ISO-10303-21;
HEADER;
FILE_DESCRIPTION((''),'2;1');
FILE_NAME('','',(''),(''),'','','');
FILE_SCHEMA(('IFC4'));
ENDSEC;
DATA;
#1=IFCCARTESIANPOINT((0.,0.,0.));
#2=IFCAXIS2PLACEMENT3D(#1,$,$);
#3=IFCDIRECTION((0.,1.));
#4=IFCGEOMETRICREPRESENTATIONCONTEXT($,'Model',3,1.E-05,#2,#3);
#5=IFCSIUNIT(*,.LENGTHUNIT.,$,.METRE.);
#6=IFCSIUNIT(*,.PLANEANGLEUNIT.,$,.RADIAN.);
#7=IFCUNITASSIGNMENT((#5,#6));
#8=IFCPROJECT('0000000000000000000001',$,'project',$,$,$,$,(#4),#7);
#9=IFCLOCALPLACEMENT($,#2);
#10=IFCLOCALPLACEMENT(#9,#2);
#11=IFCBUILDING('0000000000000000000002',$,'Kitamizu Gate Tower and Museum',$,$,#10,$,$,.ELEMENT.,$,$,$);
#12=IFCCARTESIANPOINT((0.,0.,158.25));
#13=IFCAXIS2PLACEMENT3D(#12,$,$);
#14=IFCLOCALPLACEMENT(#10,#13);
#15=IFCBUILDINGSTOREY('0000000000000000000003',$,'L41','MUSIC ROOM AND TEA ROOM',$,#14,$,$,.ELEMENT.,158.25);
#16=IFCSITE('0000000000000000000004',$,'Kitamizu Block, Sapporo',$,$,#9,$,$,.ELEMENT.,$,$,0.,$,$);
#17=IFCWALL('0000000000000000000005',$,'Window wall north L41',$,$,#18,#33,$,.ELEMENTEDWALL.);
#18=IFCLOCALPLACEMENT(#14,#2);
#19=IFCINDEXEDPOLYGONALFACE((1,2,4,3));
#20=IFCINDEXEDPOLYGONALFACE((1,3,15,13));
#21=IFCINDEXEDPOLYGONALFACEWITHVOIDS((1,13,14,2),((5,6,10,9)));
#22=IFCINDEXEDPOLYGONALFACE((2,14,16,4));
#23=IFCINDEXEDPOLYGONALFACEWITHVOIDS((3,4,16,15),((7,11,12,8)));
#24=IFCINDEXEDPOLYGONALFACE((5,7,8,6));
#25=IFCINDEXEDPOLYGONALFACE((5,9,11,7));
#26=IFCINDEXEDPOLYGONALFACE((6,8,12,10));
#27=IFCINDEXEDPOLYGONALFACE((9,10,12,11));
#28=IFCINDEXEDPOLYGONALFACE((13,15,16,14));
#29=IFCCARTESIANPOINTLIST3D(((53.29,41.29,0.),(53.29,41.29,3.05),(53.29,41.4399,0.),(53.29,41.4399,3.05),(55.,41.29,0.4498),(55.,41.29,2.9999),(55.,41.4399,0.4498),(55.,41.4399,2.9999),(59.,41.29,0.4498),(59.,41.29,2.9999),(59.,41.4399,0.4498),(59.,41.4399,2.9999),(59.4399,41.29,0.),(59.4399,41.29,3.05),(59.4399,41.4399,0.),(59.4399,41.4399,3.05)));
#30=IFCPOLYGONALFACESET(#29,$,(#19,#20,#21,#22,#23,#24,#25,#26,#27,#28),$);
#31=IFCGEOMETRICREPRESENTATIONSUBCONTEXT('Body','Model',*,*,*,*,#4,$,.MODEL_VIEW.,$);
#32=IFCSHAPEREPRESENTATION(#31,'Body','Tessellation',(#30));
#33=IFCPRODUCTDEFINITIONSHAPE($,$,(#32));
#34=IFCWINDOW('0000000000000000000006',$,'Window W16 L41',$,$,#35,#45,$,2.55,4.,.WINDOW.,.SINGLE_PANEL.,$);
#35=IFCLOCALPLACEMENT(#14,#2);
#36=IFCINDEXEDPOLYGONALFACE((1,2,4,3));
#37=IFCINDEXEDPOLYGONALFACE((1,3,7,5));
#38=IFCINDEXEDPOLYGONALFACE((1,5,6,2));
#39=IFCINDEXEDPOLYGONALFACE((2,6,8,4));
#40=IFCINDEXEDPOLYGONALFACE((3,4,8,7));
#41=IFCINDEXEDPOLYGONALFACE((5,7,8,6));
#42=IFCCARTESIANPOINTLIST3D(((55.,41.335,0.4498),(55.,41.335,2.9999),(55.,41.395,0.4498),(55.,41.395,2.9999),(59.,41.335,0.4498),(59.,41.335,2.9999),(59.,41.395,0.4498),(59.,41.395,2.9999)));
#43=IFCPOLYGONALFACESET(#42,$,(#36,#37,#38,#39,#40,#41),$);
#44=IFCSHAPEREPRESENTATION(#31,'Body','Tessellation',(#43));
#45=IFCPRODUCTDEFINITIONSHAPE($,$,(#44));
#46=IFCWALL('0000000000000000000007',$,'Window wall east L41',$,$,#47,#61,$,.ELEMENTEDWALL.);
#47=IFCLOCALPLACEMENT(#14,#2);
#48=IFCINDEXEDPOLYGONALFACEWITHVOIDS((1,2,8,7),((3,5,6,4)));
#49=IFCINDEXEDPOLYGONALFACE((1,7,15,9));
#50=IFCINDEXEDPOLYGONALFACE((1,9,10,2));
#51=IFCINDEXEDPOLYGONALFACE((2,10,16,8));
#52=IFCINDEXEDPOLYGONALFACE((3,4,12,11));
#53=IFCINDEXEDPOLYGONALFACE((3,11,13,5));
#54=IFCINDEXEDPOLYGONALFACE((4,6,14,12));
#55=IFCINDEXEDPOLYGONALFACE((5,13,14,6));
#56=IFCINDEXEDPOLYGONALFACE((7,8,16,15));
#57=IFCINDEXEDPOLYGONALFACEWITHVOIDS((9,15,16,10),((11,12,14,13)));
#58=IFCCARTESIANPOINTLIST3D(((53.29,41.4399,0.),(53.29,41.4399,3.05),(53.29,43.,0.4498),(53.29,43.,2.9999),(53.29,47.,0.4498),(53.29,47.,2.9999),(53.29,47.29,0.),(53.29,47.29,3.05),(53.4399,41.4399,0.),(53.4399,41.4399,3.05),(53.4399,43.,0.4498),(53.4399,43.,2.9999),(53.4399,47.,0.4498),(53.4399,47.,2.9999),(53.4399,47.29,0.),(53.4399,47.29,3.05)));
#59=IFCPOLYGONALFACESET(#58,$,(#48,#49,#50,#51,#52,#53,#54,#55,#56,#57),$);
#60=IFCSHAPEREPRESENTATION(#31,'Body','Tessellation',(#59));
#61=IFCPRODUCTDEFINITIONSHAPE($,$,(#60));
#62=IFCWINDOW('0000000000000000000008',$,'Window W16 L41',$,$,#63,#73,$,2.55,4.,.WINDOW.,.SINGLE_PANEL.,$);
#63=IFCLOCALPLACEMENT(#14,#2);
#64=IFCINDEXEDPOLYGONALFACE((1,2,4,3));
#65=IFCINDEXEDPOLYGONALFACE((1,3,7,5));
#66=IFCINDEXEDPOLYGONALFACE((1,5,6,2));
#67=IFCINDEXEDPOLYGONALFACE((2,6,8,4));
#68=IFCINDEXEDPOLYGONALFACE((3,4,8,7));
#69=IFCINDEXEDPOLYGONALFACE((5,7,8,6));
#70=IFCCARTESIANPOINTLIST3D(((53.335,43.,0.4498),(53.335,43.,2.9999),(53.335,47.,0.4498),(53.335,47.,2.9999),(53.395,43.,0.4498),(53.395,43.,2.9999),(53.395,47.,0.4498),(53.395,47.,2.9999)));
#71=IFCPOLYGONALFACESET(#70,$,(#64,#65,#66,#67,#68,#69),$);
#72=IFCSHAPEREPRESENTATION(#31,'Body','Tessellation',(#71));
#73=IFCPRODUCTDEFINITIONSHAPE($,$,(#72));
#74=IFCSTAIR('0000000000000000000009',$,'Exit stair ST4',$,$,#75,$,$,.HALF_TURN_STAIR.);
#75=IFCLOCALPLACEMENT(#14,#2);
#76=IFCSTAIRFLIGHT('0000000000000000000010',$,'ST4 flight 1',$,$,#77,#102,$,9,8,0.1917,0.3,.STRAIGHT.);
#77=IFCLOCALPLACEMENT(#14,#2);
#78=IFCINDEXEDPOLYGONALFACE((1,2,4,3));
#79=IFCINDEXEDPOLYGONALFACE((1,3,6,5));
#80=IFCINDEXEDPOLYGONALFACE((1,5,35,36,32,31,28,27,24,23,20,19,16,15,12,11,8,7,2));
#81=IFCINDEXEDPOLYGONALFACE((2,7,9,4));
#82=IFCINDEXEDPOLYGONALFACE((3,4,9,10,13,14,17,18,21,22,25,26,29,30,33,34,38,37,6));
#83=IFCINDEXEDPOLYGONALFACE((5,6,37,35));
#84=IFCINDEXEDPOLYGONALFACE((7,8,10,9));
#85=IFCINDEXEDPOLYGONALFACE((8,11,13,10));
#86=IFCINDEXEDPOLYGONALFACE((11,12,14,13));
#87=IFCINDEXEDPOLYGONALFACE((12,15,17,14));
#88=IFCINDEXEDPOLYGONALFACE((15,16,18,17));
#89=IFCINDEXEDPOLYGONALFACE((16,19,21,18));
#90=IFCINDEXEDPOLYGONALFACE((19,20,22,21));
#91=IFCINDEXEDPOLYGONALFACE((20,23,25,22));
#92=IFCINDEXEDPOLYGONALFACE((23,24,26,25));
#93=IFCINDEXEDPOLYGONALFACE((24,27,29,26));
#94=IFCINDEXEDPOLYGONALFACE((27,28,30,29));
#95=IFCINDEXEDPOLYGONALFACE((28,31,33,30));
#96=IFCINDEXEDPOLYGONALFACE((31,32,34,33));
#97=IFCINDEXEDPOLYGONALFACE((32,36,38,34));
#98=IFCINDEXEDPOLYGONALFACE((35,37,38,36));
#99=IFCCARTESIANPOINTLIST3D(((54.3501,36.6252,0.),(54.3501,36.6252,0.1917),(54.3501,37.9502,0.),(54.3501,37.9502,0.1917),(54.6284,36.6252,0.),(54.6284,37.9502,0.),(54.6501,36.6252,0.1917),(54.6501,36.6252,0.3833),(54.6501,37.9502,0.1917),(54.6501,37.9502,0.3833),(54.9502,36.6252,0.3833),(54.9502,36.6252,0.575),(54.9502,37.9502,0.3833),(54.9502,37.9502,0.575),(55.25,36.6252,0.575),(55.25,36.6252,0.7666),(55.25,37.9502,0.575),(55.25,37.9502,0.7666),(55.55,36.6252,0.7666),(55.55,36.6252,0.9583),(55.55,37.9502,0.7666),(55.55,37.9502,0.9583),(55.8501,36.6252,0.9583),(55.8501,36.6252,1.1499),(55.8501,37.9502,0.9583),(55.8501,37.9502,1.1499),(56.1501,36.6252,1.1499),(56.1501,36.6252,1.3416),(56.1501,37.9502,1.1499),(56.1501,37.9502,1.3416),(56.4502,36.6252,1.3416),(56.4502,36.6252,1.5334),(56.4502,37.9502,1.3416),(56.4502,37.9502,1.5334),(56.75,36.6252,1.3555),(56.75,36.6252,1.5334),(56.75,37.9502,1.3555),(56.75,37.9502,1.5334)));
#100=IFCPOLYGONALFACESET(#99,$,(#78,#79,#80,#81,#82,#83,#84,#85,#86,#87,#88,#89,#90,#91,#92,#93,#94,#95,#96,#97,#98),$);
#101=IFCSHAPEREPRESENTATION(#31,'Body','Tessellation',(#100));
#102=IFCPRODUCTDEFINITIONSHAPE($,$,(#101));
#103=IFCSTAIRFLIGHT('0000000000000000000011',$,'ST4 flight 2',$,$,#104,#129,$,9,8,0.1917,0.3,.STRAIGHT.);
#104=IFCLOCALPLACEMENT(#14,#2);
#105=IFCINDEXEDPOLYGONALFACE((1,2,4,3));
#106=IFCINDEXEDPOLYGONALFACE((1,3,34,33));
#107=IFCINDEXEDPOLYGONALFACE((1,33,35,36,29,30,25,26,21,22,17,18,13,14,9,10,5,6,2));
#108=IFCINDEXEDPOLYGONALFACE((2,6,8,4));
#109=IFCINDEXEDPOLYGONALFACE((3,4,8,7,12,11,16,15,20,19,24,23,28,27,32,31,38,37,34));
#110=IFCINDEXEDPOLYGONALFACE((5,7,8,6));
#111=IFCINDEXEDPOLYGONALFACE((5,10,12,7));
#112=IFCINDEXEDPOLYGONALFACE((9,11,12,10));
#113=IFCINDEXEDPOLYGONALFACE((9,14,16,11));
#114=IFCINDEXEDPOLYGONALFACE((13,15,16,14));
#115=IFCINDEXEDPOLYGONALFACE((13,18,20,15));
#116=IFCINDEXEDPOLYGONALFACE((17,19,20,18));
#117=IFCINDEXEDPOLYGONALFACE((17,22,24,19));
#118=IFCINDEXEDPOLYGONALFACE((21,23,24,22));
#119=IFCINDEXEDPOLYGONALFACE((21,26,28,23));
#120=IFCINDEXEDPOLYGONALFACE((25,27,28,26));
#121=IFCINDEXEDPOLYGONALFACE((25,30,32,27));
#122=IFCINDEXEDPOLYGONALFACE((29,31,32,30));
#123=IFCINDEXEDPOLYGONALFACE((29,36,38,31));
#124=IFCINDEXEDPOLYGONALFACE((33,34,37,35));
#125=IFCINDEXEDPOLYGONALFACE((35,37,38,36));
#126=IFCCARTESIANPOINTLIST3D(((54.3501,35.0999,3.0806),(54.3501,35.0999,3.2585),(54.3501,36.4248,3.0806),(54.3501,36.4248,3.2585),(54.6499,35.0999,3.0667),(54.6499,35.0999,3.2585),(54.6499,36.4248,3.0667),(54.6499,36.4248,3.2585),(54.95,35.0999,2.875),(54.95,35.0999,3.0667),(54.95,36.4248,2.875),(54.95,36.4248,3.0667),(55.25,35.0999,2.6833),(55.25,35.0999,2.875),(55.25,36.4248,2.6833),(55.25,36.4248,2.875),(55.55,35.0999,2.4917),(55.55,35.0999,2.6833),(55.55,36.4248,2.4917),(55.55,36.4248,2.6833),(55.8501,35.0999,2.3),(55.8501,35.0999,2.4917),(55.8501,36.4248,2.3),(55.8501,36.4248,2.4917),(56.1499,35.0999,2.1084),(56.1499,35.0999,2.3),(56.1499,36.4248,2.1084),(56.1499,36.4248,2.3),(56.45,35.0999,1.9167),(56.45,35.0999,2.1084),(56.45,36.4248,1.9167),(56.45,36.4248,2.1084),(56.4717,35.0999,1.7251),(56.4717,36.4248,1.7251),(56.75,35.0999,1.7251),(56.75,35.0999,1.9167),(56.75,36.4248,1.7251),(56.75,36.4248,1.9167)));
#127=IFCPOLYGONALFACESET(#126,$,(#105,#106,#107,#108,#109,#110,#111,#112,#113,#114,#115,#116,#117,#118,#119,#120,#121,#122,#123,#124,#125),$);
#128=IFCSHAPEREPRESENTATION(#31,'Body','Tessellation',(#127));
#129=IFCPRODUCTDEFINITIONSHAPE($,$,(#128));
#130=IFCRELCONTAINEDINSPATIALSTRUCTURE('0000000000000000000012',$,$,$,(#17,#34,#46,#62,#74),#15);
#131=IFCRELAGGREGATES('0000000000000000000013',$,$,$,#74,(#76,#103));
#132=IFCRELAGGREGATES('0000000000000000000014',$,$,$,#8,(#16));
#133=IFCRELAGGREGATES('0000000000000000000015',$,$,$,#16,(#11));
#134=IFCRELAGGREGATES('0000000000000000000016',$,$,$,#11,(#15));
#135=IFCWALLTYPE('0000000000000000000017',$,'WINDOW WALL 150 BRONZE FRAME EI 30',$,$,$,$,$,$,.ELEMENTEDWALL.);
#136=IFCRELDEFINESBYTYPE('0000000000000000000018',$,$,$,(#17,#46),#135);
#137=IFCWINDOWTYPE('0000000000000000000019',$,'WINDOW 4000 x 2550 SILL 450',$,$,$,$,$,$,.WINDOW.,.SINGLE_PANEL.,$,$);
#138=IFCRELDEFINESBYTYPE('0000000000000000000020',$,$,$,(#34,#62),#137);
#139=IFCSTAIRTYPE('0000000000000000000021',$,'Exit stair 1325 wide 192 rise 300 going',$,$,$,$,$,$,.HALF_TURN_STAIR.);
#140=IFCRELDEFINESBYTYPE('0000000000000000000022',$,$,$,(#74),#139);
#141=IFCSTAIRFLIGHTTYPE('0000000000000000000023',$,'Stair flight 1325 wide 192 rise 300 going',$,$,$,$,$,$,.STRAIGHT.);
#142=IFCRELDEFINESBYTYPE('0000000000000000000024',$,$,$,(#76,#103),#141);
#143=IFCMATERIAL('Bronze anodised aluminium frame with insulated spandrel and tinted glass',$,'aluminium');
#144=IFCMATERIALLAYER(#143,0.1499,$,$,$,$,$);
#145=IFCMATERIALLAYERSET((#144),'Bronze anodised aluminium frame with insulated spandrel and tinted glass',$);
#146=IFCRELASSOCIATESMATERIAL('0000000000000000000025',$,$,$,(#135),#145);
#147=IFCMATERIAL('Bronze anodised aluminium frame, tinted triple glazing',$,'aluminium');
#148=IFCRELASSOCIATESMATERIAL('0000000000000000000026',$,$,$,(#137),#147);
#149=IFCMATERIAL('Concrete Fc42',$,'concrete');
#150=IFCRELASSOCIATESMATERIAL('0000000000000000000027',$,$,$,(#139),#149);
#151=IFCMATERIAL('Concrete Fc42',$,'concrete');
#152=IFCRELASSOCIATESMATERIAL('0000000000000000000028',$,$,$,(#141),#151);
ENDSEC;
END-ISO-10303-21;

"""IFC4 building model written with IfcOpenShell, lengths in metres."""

from ifc_helpers import new_model, si_unit, direction, frame, frame_2d, origin, place, context, subcontext, project, spatial, polyline, rectangle, outline, extrude, material, layer, layer_set, type_object, element, fill, aggregate, save


model = new_model("IFC4")

# Units and contexts
model_context = context("Model", 3, precision=1e-05, world=origin(), true_north=direction((0.0, 1.0)))
body_context = subcontext(model_context, "Body", "Model", "MODEL_VIEW")
ifc_project = project(units=[si_unit("LENGTHUNIT", "METRE"), si_unit("PLANEANGLEUNIT", "RADIAN")], contexts=[model_context])

# Site, building, storey
site_placement = place(None, origin())
site = spatial("IfcSite", under=ifc_project, at=site_placement, Name="Kitamizu Block, Sapporo", CompositionType="ELEMENT", RefElevation=0.0)
building_placement = place(site_placement, origin())
building = spatial("IfcBuilding", under=site, at=building_placement, Name="Kitamizu Gate Tower and Museum", CompositionType="ELEMENT")
storey_placement = place(building_placement, frame((0.0, 0.0, 158.25)))
storey = spatial("IfcBuildingStorey", under=building, at=storey_placement, Name="L41", Description="MUSIC ROOM AND TEA ROOM", CompositionType="ELEMENT", Elevation=158.25)

# Shared definitions
ifc_material_1 = material(Name="Bronze anodised aluminium frame with insulated spandrel and tinted glass", Category="aluminium")
ifc_layer_1 = layer(ifc_material_1, 0.1499)
ifc_layer_set_1 = layer_set([ifc_layer_1], Name="Bronze anodised aluminium frame with insulated spandrel and tinted glass")
wall_type_1 = type_object("IfcWallType", Name="WINDOW WALL 150 BRONZE FRAME EI 30", PredefinedType="ELEMENTEDWALL", material=ifc_layer_set_1)

# Walls, openings, windows
wall_1_placement = place(storey_placement, frame((53.29, 41.365, 0.0), z_axis=(0.0, 0.0, 1.0), x_axis=(1.0, 0.0, 0.0)))
wall_1 = element("IfcWall", 1, at=wall_1_placement, inside=storey, type_object=wall_type_1, Name="Window wall north L41", PredefinedType="ELEMENTEDWALL", context=body_context, shape_type="SweptSolid", body=[
    extrude(rectangle(XDim=6.1499, YDim=0.1499, at=frame_2d((3.075, 0.0))), origin(), (0.0, 0.0, 1.0), 3.05),
])
opening_1_placement = place(wall_1_placement, frame((1.71, 0.0, 0.45)))
opening_1 = element("IfcOpeningElement", 2, at=opening_1_placement, cuts=wall_1, PredefinedType="OPENING", context=body_context, shape_type="SweptSolid", body=[
    extrude(rectangle(XDim=4.0, YDim=2.55, at=frame_2d((2.0, 1.2749))), frame((0.0, 0.085, 0.0), z_axis=(0.0, -1.0, 0.0), x_axis=(1.0, 0.0, 0.0)), (0.0, 0.0, 1.0), 0.1699),
])
ifc_material_2 = material(Name="Bronze anodised aluminium frame, tinted triple glazing", Category="aluminium")
window_type = type_object("IfcWindowType", Name="WINDOW 4000 x 2550 SILL 450", PartitioningType="SINGLE_PANEL", PredefinedType="WINDOW", material=ifc_material_2)
window_1_placement = place(opening_1_placement, origin())
window_1 = element("IfcWindow", 3, at=window_1_placement, inside=storey, type_object=window_type, Name="Window W16 L41", OverallHeight=2.55, OverallWidth=4.0, PartitioningType="SINGLE_PANEL", PredefinedType="WINDOW", context=body_context, shape_type="SweptSolid", body=[
    extrude(rectangle(XDim=4.0, YDim=2.55, at=frame_2d((2.0, 1.2749))), frame((0.0, 0.03, 0.0), z_axis=(0.0, -1.0, 0.0), x_axis=(1.0, 0.0, 0.0)), (0.0, 0.0, 1.0), 0.0601),
])
fill(opening_1, window_1)
wall_2_placement = place(storey_placement, frame((53.365, 41.4399, 0.0), z_axis=(0.0, 0.0, 1.0), x_axis=(0.0, 1.0, 0.0)))
wall_2 = element("IfcWall", 4, at=wall_2_placement, inside=storey, type_object=wall_type_1, Name="Window wall east L41", PredefinedType="ELEMENTEDWALL", context=body_context, shape_type="SweptSolid", body=[
    extrude(rectangle(XDim=5.8501, YDim=0.1499, at=frame_2d((2.925, 0.0))), origin(), (0.0, 0.0, 1.0), 3.05),
])
opening_2_placement = place(wall_2_placement, frame((1.5601, 0.0, 0.45)))
opening_2 = element("IfcOpeningElement", 5, at=opening_2_placement, cuts=wall_2, PredefinedType="OPENING", context=body_context, shape_type="SweptSolid", body=[
    extrude(rectangle(XDim=4.0, YDim=2.55, at=frame_2d((2.0, 1.2749))), frame((0.0, 0.085, 0.0), z_axis=(0.0, -1.0, 0.0), x_axis=(1.0, 0.0, 0.0)), (0.0, 0.0, 1.0), 0.1699),
])
window_2_placement = place(opening_2_placement, origin())
window_2 = element("IfcWindow", 6, at=window_2_placement, inside=storey, type_object=window_type, Name="Window W16 L41", OverallHeight=2.55, OverallWidth=4.0, PartitioningType="SINGLE_PANEL", PredefinedType="WINDOW", context=body_context, shape_type="SweptSolid", body=[
    extrude(rectangle(XDim=4.0, YDim=2.55, at=frame_2d((2.0, 1.2749))), frame((0.0, 0.03, 0.0), z_axis=(0.0, -1.0, 0.0), x_axis=(1.0, 0.0, 0.0)), (0.0, 0.0, 1.0), 0.0601),
])
fill(opening_2, window_2)

# Stair, stair flights
ifc_material_3 = material(Name="Concrete Fc42", Category="concrete")
stair_type = type_object("IfcStairType", Name="Exit stair 1325 wide 192 rise 300 going", PredefinedType="HALF_TURN_STAIR", material=ifc_material_3)
stair_placement = place(storey_placement, origin())
stair = element("IfcStair", 7, at=stair_placement, inside=storey, type_object=stair_type, Name="Exit stair ST4", PredefinedType="HALF_TURN_STAIR")
ifc_material_4 = material(Name="Concrete Fc42", Category="concrete")
stair_flight_type = type_object("IfcStairFlightType", Name="Stair flight 1325 wide 192 rise 300 going", PredefinedType="STRAIGHT", material=ifc_material_4)
stair_flight_1_placement = place(storey_placement, frame((54.3501, 37.2876, 0.0), z_axis=(0.0, 0.0, 1.0), x_axis=(1.0, 0.0, 0.0)))
stair_flight_1 = element("IfcStairFlight", 8, at=stair_flight_1_placement, type_object=stair_flight_type, Name="ST4 flight 1", NumberOfRisers=9, NumberOfTreads=8, PredefinedType="STRAIGHT", RiserHeight=0.1917, TreadLength=0.3, context=body_context, shape_type="SweptSolid", body=[
    extrude(outline(polyline([(0.0, 0.0), (0.0, 0.1917), (0.3, 0.1917), (0.3, 0.3833), (0.6001, 0.3833), (0.6001, 0.575), (0.8999, 0.575), (0.8999, 0.7666), (1.2, 0.7666), (1.2, 0.9583), (1.5, 0.9583), (1.5, 1.1499), (1.8, 1.1499), (1.8, 1.3416), (2.1001, 1.3416), (2.1001, 1.5334), (2.3999, 1.5334), (2.3999, 1.7251), (2.3999, 1.3555), (0.2783, 0.0), (0.0, 0.0)])), frame((0.0, 0.6626, 0.0), z_axis=(0.0, -1.0, 0.0), x_axis=(1.0, 0.0, 0.0)), (0.0, 0.0, 1.0), 1.325),
])
stair_flight_2_placement = place(storey_placement, frame((56.75, 35.7625, 1.7251), z_axis=(0.0, 0.0, 1.0), x_axis=(-1.0, 0.0, 0.0)))
stair_flight_2 = element("IfcStairFlight", 9, at=stair_flight_2_placement, type_object=stair_flight_type, Name="ST4 flight 2", NumberOfRisers=9, NumberOfTreads=8, PredefinedType="STRAIGHT", RiserHeight=0.1917, TreadLength=0.3, context=body_context, shape_type="SweptSolid", body=[
    extrude(outline(polyline([(0.0, 0.0), (0.0, 0.1917), (0.3, 0.1917), (0.3, 0.3833), (0.6001, 0.3833), (0.6001, 0.575), (0.8999, 0.575), (0.8999, 0.7666), (1.2, 0.7666), (1.2, 0.9583), (1.5, 0.9583), (1.5, 1.1499), (1.8, 1.1499), (1.8, 1.3416), (2.1001, 1.3416), (2.1001, 1.5334), (2.3999, 1.5334), (2.3999, 1.7251), (2.3999, 1.3555), (0.2783, 0.0), (0.0, 0.0)])), frame((0.0, 0.6626, 0.0), z_axis=(0.0, -1.0, 0.0), x_axis=(1.0, 0.0, 0.0)), (0.0, 0.0, 1.0), 1.325),
])
aggregate(stair, [stair_flight_1, stair_flight_2])

save(model, "model.ifc")
